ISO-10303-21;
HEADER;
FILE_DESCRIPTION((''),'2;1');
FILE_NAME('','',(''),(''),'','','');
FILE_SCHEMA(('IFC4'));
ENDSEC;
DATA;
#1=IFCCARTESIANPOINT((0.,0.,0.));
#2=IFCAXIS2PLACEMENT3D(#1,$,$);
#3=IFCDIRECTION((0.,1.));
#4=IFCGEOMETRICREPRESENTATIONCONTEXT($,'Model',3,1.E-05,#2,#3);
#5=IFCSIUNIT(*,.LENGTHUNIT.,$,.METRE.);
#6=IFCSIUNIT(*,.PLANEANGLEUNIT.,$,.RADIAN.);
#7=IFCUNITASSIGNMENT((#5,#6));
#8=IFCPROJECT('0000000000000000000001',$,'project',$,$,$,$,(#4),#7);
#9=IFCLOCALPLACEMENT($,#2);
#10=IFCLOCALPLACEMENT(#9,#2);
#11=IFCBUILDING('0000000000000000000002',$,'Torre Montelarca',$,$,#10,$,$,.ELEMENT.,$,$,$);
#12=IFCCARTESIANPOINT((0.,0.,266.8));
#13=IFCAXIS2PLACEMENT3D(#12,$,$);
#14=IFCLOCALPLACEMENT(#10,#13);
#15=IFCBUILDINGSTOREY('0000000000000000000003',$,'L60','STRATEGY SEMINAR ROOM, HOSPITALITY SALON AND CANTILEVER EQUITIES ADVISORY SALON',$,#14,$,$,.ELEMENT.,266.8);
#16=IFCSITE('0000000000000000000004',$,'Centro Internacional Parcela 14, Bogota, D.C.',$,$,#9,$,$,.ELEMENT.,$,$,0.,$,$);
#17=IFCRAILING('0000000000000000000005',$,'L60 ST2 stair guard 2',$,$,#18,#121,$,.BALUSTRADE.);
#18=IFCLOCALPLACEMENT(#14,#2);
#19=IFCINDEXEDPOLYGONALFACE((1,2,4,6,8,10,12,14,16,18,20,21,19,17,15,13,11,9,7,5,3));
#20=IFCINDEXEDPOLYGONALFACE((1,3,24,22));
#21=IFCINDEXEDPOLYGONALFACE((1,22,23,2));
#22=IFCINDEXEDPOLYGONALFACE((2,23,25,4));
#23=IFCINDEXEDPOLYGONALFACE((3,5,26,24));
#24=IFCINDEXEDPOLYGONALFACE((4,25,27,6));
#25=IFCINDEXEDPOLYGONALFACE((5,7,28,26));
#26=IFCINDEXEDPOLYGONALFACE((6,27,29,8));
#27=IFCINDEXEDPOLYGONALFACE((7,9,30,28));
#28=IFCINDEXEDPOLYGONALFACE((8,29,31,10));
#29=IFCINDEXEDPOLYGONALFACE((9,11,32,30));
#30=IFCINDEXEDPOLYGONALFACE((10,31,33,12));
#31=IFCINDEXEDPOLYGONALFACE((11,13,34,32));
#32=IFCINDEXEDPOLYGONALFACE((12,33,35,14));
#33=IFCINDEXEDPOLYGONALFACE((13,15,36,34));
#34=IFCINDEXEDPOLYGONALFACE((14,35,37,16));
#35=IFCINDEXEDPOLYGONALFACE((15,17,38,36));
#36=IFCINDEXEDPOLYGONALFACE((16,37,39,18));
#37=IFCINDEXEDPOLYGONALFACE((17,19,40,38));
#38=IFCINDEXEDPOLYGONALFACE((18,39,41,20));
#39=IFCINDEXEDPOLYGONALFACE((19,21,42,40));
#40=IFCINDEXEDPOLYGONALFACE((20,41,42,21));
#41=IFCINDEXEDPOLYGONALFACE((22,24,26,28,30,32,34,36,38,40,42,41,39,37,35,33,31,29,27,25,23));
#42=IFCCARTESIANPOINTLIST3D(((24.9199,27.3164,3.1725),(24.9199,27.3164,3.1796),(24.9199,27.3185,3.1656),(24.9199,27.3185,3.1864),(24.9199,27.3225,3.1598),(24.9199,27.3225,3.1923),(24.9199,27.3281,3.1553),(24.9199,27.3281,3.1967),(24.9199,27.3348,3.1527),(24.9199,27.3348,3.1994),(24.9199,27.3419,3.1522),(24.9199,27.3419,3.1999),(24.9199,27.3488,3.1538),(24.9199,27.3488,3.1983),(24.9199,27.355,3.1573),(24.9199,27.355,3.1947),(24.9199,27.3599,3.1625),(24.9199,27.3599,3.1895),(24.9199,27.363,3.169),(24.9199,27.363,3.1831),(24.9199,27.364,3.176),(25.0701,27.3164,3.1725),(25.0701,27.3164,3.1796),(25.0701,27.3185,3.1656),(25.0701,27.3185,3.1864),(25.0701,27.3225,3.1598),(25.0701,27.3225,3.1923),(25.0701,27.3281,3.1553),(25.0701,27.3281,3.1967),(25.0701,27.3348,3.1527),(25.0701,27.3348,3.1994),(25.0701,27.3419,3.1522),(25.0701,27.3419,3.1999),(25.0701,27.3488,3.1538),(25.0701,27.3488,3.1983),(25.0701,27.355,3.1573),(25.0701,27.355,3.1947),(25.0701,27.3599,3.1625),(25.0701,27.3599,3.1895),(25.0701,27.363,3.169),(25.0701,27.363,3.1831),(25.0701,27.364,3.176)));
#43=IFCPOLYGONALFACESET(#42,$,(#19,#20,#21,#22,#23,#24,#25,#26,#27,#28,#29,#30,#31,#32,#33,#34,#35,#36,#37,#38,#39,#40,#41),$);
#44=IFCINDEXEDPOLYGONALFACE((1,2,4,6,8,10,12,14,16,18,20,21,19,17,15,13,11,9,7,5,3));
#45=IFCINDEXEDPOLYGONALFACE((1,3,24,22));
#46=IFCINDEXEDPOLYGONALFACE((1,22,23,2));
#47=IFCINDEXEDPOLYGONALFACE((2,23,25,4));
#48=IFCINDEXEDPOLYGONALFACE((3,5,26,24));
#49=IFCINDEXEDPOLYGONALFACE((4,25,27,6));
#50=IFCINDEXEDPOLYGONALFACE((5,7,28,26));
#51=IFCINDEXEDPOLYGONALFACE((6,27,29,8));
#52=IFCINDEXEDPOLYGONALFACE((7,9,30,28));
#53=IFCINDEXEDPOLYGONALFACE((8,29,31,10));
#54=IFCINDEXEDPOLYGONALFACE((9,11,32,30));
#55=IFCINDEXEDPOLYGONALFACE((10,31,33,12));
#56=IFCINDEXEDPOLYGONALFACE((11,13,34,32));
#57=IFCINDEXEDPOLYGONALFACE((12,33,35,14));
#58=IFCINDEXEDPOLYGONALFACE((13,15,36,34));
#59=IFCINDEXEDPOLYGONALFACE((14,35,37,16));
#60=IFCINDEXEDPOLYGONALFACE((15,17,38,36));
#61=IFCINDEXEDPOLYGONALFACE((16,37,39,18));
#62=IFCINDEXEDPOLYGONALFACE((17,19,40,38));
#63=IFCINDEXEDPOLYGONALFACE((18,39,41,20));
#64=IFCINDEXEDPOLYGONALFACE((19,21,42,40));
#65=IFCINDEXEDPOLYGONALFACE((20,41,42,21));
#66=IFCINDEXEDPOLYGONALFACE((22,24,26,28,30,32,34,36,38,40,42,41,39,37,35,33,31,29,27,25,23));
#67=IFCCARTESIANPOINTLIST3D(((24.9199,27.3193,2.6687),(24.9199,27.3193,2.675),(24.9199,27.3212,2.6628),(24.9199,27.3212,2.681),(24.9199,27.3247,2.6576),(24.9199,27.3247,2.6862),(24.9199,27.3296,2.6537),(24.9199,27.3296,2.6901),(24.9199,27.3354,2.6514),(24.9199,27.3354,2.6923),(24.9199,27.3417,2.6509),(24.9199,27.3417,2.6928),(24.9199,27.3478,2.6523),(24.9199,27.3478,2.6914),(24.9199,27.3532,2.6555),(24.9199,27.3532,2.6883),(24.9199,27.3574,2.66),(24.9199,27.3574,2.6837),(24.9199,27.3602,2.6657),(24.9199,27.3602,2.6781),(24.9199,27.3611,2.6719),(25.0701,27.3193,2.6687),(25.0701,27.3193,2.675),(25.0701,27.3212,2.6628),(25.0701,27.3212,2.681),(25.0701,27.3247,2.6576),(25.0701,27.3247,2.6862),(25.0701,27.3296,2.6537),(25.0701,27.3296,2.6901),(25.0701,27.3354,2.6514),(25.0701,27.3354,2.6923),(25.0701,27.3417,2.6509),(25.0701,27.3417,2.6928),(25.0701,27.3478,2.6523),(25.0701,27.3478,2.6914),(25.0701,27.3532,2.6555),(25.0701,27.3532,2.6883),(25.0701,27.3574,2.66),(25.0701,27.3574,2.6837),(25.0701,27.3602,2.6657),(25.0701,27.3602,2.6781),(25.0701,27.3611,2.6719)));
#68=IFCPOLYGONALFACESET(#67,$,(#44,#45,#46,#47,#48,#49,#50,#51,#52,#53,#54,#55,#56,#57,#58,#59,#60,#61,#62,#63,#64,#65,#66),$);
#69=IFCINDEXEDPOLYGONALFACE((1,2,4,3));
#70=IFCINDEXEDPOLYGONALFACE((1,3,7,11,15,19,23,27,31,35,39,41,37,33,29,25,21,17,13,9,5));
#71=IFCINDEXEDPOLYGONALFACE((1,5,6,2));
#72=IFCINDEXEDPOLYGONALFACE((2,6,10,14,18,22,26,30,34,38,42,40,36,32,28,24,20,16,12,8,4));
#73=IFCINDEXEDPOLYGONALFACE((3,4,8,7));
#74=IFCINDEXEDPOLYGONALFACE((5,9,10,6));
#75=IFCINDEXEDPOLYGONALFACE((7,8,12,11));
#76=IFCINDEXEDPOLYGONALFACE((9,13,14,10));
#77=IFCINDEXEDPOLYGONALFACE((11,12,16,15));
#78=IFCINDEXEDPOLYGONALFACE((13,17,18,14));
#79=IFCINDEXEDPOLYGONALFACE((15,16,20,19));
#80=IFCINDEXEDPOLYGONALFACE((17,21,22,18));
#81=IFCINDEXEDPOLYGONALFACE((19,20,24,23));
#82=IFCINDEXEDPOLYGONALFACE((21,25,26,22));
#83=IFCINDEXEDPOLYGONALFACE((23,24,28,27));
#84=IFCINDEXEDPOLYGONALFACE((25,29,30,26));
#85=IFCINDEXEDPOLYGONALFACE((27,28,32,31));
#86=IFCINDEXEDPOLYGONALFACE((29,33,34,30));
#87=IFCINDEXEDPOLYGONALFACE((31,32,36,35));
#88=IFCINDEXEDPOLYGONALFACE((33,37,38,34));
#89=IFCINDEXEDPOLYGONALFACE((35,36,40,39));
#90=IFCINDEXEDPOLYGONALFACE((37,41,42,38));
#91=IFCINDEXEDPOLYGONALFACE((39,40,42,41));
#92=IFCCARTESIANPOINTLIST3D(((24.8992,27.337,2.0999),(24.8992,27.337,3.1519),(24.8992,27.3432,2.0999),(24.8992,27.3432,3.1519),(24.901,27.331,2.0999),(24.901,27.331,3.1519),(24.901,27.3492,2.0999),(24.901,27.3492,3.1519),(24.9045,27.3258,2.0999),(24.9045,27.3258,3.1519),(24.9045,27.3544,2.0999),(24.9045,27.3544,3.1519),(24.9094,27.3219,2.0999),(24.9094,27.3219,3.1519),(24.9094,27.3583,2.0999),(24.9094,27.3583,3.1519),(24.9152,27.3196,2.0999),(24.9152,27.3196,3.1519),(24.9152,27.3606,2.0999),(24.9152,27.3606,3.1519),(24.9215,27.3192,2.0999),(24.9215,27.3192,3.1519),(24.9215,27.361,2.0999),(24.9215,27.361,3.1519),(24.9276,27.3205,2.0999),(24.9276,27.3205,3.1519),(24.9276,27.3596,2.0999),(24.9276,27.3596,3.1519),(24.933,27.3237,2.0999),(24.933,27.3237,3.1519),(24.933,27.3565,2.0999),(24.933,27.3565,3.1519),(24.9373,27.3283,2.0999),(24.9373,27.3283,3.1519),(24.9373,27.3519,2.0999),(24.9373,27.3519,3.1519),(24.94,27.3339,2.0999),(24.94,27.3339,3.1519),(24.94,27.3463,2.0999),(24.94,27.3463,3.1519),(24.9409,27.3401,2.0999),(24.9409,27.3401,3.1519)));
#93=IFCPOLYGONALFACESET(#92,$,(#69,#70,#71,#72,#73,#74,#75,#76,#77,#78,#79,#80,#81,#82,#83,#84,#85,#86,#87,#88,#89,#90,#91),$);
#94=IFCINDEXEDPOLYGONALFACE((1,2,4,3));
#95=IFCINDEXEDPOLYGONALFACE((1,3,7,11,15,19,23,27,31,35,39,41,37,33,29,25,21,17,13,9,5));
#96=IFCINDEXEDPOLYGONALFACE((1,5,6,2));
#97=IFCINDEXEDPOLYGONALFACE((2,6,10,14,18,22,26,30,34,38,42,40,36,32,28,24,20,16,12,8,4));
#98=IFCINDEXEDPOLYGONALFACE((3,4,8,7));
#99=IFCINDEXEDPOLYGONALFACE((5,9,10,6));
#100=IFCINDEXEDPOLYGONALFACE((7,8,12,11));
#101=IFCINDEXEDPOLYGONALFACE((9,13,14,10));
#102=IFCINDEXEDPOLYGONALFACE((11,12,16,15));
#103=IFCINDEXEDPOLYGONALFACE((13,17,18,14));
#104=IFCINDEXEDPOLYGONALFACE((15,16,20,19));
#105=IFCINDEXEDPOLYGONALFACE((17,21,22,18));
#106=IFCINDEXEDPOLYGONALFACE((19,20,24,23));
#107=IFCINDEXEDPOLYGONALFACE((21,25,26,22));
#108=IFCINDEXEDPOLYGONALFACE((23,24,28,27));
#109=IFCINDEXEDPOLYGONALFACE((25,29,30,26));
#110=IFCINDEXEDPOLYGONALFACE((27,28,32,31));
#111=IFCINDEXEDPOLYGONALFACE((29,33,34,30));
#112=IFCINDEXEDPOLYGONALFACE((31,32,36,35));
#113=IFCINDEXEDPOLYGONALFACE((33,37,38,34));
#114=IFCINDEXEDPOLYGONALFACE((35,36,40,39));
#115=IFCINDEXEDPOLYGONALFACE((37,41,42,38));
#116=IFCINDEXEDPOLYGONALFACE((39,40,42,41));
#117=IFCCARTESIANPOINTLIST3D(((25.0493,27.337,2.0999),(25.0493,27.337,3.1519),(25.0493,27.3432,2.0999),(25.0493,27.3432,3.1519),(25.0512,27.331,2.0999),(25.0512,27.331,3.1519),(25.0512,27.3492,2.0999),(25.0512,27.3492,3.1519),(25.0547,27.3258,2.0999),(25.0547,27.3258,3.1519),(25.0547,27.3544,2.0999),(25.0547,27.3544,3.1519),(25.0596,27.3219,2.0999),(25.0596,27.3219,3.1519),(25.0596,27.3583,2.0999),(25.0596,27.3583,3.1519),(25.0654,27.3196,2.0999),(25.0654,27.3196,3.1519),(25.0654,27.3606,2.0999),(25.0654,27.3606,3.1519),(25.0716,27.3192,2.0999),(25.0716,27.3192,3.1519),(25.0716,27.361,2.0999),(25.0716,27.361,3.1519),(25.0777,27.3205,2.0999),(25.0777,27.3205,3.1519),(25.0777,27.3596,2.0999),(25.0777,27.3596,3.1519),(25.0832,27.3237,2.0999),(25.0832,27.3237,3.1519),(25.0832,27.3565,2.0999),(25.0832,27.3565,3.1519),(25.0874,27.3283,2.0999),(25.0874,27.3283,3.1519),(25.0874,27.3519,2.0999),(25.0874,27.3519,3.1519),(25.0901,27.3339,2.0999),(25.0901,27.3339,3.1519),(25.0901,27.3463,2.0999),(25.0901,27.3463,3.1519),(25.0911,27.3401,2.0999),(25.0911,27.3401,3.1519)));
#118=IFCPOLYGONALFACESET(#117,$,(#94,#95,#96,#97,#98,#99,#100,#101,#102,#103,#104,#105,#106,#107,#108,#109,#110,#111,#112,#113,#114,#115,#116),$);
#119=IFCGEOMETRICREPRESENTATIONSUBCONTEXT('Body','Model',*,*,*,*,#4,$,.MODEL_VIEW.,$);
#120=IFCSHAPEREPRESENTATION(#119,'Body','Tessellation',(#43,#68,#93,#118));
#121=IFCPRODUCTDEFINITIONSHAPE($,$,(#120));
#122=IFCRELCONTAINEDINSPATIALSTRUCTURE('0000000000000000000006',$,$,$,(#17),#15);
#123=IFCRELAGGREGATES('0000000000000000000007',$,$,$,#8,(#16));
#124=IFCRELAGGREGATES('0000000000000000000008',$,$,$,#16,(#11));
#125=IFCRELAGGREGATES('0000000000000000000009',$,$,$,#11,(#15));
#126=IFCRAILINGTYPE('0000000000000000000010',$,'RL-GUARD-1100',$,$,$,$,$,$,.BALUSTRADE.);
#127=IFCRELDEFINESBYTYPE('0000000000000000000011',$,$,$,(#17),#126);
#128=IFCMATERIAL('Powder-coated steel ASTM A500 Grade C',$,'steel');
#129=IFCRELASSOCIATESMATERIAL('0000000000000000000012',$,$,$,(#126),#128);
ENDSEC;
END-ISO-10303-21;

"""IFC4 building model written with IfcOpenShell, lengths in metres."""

from ifc_helpers import new_model, si_unit, direction, frame, origin, origin_2d, place, context, subcontext, project, spatial, circle, extrude, material, type_object, element, save


model = new_model("IFC4")

# Units and contexts
model_context = context("Model", 3, precision=1e-05, world=origin(), true_north=direction((0.0, 1.0)))
body_context = subcontext(model_context, "Body", "Model", "MODEL_VIEW")
ifc_project = project(units=[si_unit("LENGTHUNIT", "METRE"), si_unit("PLANEANGLEUNIT", "RADIAN")], contexts=[model_context])

# Site, building, storey
site_placement = place(None, origin())
site = spatial("IfcSite", under=ifc_project, at=site_placement, Name="Centro Internacional Parcela 14, Bogota, D.C.", CompositionType="ELEMENT", RefElevation=0.0)
building_placement = place(site_placement, origin())
building = spatial("IfcBuilding", under=site, at=building_placement, Name="Torre Montelarca", CompositionType="ELEMENT")
storey_placement = place(building_placement, frame((0.0, 0.0, 266.8)))
storey = spatial("IfcBuildingStorey", under=building, at=storey_placement, Name="L60", Description="STRATEGY SEMINAR ROOM, HOSPITALITY SALON AND CANTILEVER EQUITIES ADVISORY SALON", CompositionType="ELEMENT", Elevation=266.8)

# Railing
ifc_material_1 = material(Name="Powder-coated steel ASTM A500 Grade C", Category="steel")
railing_type_1 = type_object("IfcRailingType", Name="RL-GUARD-1100", PredefinedType="BALUSTRADE", material=ifc_material_1)
railing_1_placement = place(storey_placement, frame((24.9199, 27.3401, 2.0999)))
element("IfcRailing", 1, at=railing_1_placement, inside=storey, type_object=railing_type_1, Name="L60 ST2 stair guard 2", PredefinedType="BALUSTRADE", context=body_context, shape_type="SweptSolid", body=[
    extrude(circle(Radius=0.0239, at=origin_2d()), frame((0.0, 0.0, 1.0762), z_axis=(1.0, 0.0, 0.0), x_axis=(0.0, 1.0, 0.0)), (0.0, 0.0, 1.0), 0.1501),
    extrude(circle(Radius=0.021, at=origin_2d()), frame((0.0, 0.0, 0.572), z_axis=(1.0, 0.0, 0.0), x_axis=(0.0, 1.0, 0.0)), (0.0, 0.0, 1.0), 0.1501),
    extrude(circle(Radius=0.021, at=origin_2d()), origin(), (0.0, 0.0, 1.0), 1.052),
    extrude(circle(Radius=0.021, at=origin_2d()), frame((0.1501, 0.0, 0.0)), (0.0, 0.0, 1.0), 1.052),
])

save(model, "model.ifc")
